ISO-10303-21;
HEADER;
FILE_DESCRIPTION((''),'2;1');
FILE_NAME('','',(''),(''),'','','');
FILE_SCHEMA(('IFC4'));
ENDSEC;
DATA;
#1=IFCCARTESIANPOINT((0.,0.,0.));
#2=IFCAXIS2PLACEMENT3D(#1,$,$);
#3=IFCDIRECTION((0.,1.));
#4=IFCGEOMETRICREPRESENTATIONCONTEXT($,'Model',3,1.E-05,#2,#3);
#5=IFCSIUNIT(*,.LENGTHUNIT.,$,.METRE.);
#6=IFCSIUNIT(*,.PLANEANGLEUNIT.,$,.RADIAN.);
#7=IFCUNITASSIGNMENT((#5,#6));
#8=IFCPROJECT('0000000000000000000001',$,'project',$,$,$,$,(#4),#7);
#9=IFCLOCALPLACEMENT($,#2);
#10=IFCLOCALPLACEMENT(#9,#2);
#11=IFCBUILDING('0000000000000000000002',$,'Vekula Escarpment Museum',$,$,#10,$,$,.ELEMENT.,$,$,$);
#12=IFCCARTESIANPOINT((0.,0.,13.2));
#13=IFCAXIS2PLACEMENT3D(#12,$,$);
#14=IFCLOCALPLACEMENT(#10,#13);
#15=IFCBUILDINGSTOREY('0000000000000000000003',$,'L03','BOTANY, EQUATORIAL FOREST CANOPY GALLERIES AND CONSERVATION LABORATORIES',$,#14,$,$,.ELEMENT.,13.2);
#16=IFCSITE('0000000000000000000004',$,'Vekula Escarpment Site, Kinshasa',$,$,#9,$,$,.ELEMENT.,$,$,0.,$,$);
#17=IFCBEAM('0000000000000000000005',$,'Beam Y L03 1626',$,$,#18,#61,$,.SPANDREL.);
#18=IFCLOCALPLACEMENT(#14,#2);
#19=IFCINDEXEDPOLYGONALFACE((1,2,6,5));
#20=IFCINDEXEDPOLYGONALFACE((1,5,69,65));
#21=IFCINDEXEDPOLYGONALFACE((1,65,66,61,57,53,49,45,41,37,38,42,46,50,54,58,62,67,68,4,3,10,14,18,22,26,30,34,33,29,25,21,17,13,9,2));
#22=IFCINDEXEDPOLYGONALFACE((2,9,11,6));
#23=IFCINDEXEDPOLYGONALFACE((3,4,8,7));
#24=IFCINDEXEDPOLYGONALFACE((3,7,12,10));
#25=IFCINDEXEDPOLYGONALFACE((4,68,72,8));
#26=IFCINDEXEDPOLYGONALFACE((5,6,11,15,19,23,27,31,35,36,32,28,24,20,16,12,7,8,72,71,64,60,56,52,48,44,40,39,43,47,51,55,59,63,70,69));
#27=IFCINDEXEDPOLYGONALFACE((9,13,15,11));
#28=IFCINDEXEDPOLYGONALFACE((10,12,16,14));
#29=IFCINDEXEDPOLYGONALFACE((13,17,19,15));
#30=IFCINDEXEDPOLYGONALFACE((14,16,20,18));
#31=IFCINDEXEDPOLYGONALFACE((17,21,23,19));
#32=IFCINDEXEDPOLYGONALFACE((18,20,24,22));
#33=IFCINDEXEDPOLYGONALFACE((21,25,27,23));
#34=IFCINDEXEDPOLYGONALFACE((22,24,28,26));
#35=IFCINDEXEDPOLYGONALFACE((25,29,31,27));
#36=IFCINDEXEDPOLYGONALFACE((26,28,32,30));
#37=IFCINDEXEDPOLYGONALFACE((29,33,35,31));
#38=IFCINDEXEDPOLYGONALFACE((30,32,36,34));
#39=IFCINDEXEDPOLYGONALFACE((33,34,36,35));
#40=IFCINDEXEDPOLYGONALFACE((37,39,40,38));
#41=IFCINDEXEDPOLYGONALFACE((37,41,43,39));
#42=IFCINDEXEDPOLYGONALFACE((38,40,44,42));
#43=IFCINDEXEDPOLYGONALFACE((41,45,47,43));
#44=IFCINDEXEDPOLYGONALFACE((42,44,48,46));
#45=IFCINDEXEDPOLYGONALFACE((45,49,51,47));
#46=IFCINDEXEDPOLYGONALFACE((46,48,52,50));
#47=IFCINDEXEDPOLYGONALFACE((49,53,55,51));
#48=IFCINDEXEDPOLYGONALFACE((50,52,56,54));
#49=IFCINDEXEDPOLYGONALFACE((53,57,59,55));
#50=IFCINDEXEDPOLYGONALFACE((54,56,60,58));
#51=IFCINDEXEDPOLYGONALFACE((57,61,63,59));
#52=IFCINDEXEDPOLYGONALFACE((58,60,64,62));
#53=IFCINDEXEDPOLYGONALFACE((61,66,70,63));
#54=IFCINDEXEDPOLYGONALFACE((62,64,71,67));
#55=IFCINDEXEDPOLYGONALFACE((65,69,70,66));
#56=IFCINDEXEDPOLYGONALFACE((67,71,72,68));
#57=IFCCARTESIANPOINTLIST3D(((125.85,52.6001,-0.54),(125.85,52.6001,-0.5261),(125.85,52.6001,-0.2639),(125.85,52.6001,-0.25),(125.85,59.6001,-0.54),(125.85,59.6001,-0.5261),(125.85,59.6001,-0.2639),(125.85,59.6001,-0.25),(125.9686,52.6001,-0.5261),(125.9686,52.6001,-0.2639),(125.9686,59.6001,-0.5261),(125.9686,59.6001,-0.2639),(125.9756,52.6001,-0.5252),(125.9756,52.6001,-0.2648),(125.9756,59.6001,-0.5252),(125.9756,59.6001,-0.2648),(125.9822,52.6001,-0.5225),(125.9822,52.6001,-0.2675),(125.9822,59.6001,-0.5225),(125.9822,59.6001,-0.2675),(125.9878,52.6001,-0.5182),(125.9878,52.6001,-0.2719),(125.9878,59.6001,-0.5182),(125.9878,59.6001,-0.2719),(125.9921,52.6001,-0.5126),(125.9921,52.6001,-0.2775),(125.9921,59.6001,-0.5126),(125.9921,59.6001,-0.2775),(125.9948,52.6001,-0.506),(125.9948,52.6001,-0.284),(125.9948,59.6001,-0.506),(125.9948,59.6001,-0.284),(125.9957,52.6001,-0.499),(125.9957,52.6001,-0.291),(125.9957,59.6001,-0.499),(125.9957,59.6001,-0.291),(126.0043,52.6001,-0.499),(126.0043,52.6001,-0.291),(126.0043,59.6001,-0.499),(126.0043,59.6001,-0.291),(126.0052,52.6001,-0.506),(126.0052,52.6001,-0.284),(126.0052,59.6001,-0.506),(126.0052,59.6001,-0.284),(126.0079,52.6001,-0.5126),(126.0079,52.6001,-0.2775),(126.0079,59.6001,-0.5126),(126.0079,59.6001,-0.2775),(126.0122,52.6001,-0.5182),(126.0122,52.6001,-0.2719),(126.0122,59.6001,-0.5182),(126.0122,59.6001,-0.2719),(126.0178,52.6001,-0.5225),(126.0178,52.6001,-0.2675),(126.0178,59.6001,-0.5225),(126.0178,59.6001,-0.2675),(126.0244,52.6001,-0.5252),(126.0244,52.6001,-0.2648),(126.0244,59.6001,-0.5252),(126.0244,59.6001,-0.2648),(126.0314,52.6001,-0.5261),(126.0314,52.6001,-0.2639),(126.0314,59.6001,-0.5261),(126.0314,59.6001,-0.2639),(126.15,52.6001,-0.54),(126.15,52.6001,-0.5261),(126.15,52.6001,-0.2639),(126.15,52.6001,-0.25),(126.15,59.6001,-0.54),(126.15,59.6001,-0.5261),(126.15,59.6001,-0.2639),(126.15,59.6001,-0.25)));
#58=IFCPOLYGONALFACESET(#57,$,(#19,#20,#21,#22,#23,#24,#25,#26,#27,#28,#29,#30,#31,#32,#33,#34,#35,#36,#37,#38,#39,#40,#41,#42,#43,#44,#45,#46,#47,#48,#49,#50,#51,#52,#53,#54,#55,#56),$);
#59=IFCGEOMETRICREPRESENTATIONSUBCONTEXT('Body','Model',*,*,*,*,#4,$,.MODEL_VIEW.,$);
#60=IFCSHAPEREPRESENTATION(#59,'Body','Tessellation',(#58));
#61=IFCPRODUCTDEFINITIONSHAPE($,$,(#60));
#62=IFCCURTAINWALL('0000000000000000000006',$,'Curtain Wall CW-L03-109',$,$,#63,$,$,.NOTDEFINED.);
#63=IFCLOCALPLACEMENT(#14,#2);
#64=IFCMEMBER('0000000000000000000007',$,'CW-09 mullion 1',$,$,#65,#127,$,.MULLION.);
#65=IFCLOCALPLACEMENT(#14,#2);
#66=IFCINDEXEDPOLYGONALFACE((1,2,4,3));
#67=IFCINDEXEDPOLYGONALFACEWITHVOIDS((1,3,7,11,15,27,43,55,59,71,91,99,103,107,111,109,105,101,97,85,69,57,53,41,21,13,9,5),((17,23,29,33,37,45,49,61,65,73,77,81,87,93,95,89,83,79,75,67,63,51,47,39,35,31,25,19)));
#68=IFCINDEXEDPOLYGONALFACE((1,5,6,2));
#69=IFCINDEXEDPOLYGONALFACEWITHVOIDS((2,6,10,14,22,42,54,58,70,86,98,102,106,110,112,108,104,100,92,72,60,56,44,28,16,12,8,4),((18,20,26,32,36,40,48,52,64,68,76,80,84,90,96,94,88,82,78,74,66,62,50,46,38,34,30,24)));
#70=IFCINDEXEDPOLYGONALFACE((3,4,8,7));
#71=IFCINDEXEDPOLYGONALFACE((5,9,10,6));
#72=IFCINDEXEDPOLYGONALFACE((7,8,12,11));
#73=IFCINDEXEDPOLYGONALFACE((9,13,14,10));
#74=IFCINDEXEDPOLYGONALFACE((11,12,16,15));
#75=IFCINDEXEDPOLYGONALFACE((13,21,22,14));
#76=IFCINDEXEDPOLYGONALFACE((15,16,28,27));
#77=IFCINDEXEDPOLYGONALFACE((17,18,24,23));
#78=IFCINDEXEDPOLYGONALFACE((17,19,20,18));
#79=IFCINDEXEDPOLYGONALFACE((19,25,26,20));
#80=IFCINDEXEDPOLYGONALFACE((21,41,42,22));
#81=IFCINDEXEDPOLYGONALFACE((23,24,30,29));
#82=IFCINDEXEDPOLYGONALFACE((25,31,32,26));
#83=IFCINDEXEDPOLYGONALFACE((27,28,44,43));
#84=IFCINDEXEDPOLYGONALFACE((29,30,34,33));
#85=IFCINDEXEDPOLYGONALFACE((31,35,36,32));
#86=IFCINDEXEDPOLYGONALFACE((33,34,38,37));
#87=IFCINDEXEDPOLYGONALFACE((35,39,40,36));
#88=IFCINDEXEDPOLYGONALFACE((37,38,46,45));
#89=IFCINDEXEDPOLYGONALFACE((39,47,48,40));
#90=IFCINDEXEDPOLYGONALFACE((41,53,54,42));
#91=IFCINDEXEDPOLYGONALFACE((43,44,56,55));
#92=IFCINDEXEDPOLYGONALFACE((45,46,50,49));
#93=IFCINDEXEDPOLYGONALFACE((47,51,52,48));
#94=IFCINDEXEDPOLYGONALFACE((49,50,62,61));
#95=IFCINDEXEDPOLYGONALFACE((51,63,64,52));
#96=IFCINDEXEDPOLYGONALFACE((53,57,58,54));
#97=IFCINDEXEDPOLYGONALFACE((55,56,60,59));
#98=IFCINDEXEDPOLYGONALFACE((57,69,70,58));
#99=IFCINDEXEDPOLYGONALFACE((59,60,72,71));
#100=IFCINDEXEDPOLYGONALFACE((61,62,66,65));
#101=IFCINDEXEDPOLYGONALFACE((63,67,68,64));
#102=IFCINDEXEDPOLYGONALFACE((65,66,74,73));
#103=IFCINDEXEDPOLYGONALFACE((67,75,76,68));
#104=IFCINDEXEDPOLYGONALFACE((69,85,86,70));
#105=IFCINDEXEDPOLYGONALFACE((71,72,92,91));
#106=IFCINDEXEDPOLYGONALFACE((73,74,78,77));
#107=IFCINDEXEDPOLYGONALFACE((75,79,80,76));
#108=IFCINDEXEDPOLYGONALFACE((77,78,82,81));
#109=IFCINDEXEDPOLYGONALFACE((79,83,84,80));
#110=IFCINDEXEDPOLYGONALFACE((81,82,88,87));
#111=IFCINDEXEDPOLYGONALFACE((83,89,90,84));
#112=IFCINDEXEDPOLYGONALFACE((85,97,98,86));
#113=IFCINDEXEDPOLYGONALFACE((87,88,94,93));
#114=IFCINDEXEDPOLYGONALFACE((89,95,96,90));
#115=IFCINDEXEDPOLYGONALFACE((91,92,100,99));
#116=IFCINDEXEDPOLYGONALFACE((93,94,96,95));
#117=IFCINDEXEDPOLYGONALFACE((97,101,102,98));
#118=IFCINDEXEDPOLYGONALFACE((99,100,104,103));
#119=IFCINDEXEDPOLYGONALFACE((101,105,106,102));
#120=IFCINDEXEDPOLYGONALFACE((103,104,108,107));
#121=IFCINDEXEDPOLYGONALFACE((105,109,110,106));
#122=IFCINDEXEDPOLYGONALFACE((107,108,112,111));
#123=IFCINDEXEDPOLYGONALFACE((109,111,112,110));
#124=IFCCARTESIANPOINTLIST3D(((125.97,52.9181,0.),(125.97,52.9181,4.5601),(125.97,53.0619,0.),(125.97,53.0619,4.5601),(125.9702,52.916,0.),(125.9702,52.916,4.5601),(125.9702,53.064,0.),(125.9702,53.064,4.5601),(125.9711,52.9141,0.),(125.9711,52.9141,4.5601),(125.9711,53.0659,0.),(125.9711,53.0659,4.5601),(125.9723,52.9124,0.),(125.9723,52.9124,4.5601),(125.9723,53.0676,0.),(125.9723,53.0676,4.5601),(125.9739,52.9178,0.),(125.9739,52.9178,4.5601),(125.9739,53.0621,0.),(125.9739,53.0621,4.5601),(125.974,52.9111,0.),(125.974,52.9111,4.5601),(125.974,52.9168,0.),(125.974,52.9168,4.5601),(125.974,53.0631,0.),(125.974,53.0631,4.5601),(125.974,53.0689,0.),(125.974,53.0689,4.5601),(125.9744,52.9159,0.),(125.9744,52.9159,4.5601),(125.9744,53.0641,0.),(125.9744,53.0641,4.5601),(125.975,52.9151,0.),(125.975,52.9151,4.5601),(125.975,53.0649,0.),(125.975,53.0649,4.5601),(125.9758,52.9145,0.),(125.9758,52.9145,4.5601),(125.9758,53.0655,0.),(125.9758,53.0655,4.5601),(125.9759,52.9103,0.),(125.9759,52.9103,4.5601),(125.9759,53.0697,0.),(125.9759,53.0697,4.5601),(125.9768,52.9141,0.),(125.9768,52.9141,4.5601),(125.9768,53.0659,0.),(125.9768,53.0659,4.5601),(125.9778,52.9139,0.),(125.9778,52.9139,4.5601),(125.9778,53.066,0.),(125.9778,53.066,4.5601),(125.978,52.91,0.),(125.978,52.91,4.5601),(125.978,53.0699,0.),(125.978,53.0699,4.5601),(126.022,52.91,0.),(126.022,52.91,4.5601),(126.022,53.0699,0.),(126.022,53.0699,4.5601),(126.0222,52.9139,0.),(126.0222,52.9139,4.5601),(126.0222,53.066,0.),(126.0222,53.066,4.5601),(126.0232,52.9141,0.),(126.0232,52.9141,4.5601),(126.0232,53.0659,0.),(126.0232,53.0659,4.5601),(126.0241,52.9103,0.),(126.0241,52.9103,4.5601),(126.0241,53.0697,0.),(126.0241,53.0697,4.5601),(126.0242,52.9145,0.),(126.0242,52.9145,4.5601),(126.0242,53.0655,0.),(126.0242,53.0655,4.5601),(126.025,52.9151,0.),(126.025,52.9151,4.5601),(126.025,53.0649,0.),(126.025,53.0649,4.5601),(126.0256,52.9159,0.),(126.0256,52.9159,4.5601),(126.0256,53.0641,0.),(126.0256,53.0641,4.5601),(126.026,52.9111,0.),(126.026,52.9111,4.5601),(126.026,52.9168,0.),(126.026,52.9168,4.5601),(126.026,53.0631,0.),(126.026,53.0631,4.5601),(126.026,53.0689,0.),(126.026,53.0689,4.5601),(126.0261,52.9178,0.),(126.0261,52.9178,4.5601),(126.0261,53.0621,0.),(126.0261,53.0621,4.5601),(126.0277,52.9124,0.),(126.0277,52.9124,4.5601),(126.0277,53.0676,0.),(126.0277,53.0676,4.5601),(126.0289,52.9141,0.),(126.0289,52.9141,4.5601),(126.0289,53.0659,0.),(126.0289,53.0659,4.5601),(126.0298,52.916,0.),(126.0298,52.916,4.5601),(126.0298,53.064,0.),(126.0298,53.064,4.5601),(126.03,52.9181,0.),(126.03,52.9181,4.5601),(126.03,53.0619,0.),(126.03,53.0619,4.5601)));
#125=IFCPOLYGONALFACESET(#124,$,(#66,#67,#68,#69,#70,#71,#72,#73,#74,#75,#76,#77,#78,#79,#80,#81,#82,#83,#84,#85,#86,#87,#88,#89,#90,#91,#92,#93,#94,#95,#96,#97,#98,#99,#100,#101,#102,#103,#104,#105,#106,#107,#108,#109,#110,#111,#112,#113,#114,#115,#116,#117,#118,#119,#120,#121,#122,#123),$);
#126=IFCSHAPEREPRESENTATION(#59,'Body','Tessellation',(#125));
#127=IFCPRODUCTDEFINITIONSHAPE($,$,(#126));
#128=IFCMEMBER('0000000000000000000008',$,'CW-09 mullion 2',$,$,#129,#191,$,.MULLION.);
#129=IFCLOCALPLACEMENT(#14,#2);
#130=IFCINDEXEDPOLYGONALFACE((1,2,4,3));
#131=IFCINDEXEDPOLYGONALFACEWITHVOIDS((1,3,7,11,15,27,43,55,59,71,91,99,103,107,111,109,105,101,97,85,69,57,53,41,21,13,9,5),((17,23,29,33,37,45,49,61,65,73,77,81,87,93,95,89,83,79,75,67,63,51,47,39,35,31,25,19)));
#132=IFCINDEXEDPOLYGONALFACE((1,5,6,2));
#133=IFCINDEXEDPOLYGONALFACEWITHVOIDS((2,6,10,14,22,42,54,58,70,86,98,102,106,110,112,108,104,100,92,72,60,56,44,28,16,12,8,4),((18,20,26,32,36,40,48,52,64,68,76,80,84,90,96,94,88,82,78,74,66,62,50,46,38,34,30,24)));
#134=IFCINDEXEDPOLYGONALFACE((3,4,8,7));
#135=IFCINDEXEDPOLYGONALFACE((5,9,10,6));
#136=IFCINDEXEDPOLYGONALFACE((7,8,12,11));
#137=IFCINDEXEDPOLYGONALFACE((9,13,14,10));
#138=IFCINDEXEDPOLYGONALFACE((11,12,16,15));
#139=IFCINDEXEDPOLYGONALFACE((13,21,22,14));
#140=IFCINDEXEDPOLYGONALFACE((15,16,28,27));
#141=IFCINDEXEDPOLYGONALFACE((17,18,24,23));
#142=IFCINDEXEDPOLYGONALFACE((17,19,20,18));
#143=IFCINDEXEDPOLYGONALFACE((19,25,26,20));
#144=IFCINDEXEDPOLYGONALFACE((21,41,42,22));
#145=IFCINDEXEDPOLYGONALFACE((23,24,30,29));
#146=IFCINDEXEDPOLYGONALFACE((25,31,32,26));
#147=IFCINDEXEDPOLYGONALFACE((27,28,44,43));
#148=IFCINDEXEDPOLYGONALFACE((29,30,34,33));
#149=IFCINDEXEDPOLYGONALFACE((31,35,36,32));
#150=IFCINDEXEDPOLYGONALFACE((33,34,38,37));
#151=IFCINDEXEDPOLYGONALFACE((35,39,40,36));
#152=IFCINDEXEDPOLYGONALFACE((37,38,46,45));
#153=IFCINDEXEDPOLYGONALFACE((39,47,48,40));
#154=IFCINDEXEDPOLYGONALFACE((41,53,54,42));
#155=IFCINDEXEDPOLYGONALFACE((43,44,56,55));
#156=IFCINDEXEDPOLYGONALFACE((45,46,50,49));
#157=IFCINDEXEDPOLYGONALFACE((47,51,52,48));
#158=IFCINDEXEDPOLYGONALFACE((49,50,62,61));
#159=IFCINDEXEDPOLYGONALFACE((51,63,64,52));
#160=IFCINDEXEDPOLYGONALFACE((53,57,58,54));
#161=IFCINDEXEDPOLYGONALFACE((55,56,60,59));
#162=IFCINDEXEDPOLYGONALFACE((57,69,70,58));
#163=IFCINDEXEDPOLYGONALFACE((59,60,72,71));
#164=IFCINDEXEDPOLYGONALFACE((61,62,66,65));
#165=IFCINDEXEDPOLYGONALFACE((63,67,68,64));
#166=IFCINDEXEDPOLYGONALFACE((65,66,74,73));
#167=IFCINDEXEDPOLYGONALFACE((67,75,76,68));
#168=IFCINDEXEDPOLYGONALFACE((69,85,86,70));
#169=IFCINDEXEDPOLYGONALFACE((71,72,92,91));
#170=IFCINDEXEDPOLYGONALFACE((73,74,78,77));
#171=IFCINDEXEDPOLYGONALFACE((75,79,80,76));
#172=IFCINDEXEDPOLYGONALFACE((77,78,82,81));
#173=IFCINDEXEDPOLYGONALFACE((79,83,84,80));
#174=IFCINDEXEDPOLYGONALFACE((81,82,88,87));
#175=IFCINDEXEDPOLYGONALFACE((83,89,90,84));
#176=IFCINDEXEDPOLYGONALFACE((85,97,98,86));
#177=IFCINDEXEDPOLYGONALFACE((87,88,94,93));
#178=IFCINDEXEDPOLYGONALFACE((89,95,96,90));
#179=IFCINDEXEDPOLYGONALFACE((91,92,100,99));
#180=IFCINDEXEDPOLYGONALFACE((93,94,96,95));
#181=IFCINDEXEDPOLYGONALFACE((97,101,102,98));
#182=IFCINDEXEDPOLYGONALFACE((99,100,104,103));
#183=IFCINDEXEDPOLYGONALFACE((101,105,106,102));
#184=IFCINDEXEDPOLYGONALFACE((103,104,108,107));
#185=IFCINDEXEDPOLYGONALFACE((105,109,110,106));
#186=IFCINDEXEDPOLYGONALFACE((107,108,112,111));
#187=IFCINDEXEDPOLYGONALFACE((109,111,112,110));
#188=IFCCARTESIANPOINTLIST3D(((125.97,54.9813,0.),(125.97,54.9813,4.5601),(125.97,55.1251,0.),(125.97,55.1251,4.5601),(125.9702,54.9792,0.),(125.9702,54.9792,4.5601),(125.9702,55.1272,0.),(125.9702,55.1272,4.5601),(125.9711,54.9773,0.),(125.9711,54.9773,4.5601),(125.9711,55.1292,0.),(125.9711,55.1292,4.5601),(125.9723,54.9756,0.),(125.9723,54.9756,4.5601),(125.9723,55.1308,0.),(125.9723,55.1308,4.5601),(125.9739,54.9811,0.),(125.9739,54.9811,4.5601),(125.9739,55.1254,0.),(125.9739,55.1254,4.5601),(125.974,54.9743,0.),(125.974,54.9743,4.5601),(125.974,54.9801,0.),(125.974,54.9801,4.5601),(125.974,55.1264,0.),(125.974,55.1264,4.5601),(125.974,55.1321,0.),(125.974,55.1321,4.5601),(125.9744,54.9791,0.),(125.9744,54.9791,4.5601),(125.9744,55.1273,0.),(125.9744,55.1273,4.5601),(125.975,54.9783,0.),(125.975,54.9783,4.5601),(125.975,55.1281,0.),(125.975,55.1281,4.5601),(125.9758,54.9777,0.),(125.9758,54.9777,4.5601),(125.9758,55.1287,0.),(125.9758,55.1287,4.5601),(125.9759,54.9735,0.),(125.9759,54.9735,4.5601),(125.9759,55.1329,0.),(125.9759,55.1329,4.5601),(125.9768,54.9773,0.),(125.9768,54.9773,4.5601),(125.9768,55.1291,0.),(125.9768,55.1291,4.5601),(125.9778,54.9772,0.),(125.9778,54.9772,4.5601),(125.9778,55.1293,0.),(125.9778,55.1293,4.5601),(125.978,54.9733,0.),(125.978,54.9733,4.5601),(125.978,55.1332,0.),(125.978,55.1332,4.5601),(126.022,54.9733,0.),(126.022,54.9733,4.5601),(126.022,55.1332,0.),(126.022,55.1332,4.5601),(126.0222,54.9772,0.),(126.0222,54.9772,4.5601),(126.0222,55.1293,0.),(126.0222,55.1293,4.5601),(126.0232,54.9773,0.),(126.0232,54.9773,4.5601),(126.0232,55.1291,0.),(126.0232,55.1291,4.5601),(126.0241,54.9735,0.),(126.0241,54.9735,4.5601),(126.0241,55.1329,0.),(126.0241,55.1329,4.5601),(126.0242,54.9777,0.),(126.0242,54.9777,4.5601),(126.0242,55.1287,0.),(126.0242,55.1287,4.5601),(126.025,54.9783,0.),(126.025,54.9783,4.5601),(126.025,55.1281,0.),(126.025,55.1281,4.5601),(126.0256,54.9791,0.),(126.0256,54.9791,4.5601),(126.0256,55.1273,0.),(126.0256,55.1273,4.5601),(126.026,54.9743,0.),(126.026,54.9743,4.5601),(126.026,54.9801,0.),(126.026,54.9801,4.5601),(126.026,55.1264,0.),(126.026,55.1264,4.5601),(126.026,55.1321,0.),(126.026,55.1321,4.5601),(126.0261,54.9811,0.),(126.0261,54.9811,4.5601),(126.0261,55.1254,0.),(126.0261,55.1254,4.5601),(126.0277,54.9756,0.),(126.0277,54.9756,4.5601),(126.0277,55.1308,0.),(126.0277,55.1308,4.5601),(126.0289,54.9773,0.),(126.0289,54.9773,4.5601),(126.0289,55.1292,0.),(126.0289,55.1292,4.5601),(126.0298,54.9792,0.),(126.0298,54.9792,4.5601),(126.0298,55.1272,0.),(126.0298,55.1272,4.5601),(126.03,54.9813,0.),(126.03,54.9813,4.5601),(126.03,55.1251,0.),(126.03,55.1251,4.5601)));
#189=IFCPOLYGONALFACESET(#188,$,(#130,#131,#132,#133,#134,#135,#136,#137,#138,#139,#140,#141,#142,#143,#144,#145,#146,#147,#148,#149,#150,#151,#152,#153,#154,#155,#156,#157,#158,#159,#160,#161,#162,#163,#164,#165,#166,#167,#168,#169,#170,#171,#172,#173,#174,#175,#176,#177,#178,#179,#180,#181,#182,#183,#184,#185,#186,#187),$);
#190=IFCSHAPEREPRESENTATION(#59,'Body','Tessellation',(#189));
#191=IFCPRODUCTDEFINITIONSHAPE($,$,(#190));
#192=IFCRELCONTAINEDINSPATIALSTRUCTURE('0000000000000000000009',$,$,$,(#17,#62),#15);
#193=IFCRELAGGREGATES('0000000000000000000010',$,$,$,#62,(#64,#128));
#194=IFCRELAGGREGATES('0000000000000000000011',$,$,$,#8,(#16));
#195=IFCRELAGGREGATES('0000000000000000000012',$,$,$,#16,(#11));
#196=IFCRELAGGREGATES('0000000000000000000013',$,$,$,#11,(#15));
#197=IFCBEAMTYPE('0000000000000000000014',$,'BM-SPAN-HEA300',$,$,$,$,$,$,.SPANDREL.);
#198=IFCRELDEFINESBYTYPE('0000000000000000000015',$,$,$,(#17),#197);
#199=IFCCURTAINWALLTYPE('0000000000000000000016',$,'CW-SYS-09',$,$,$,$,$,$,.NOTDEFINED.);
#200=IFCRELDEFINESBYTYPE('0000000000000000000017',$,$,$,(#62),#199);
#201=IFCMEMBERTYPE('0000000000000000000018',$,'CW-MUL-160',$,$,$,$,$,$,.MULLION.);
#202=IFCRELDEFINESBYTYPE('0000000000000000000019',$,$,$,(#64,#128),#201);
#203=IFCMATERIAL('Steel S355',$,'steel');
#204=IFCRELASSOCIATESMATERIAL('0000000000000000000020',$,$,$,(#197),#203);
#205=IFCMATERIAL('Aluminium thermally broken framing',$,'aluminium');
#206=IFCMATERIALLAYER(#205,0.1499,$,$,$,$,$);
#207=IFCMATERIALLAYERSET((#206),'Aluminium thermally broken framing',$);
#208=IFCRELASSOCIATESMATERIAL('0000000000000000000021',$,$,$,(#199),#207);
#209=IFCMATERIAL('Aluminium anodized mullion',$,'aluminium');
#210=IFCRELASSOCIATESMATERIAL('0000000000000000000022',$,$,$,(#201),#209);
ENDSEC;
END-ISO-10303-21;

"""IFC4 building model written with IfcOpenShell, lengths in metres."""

from ifc_helpers import new_model, si_unit, direction, frame, origin, origin_2d, place, context, subcontext, project, spatial, hollow_rectangle, i_section, extrude, material, layer, layer_set, material_profile, profile_set, type_object, element, aggregate, save


model = new_model("IFC4")

# Units and contexts
model_context = context("Model", 3, precision=1e-05, world=origin(), true_north=direction((0.0, 1.0)))
body_context = subcontext(model_context, "Body", "Model", "MODEL_VIEW")
ifc_project = project(units=[si_unit("LENGTHUNIT", "METRE"), si_unit("PLANEANGLEUNIT", "RADIAN")], contexts=[model_context])

# Site, building, storey
site_placement = place(None, origin())
site = spatial("IfcSite", under=ifc_project, at=site_placement, Name="Vekula Escarpment Site, Kinshasa", CompositionType="ELEMENT", RefElevation=0.0)
building_placement = place(site_placement, origin())
building = spatial("IfcBuilding", under=site, at=building_placement, Name="Vekula Escarpment Museum", CompositionType="ELEMENT")
storey_placement = place(building_placement, frame((0.0, 0.0, 13.2)))
storey = spatial("IfcBuildingStorey", under=building, at=storey_placement, Name="L03", Description="BOTANY, EQUATORIAL FOREST CANOPY GALLERIES AND CONSERVATION LABORATORIES", CompositionType="ELEMENT", Elevation=13.2)

# Beam
ifc_material_1 = material(Name="Steel S355", Category="steel")
ifc_material_profile_1 = material_profile(ifc_material_1, i_section(OverallWidth=0.3, OverallDepth=0.29, WebThickness=0.0085, FlangeThickness=0.0139, FilletRadius=0.0271, at=origin_2d()), Name="HEA 300")
ifc_profile_set_1 = profile_set([ifc_material_profile_1], Name="Steel S355")
beam_type_1 = type_object("IfcBeamType", Name="BM-SPAN-HEA300", PredefinedType="SPANDREL", material=ifc_profile_set_1)
beam_1_placement = place(storey_placement, frame((126.0, 52.6001, -0.395), z_axis=(0.0, 1.0, 0.0), x_axis=(-1.0, 0.0, 0.0)))
element("IfcBeam", 1, at=beam_1_placement, inside=storey, type_object=beam_type_1, Name="Beam Y L03 1626", PredefinedType="SPANDREL", context=body_context, shape_type="SweptSolid", body=[
    extrude(i_section(OverallWidth=0.3, OverallDepth=0.29, WebThickness=0.0085, FlangeThickness=0.0139, FilletRadius=0.0271, at=origin_2d()), origin(), (0.0, 0.0, 1.0), 7.0),
])

# Curtain wall, members
ifc_material_2 = material(Name="Aluminium thermally broken framing", Category="aluminium")
ifc_layer_1 = layer(ifc_material_2, 0.1499)
ifc_layer_set_1 = layer_set([ifc_layer_1], Name="Aluminium thermally broken framing")
curtain_wall_type = type_object("IfcCurtainWallType", Name="CW-SYS-09", PredefinedType="NOTDEFINED", material=ifc_layer_set_1)
curtain_wall_placement = place(storey_placement, origin())
curtain_wall = element("IfcCurtainWall", 2, at=curtain_wall_placement, inside=storey, type_object=curtain_wall_type, Name="Curtain Wall CW-L03-109", PredefinedType="NOTDEFINED")
ifc_material_3 = material(Name="Aluminium anodized mullion", Category="aluminium")
ifc_material_profile_2 = material_profile(ifc_material_3, hollow_rectangle(XDim=0.0601, YDim=0.1599, WallThickness=0.0039, InnerFilletRadius=0.0039, OuterFilletRadius=0.0081, at=origin_2d()), Name="ALU 160x60x4")
ifc_profile_set_2 = profile_set([ifc_material_profile_2], Name="Aluminium anodized mullion")
member_type_1 = type_object("IfcMemberType", Name="CW-MUL-160", PredefinedType="MULLION", material=ifc_profile_set_2)
member_1_placement = place(storey_placement, frame((126.0, 52.99, 0.0), z_axis=(0.0, 0.0, 1.0), x_axis=(-1.0, 0.0, 0.0)))
member_1 = element("IfcMember", 3, at=member_1_placement, type_object=member_type_1, Name="CW-09 mullion 1", PredefinedType="MULLION", context=body_context, shape_type="SweptSolid", body=[
    extrude(hollow_rectangle(XDim=0.0601, YDim=0.1599, WallThickness=0.0039, InnerFilletRadius=0.0039, OuterFilletRadius=0.0081, at=origin_2d()), origin(), (0.0, 0.0, 1.0), 4.5601),
])
member_2_placement = place(storey_placement, frame((126.0, 55.0532, 0.0), z_axis=(0.0, 0.0, 1.0), x_axis=(-1.0, 0.0, 0.0)))
member_2 = element("IfcMember", 4, at=member_2_placement, type_object=member_type_1, Name="CW-09 mullion 2", PredefinedType="MULLION", context=body_context, shape_type="SweptSolid", body=[
    extrude(hollow_rectangle(XDim=0.0601, YDim=0.1599, WallThickness=0.0039, InnerFilletRadius=0.0039, OuterFilletRadius=0.0081, at=origin_2d()), origin(), (0.0, 0.0, 1.0), 4.5601),
])
aggregate(curtain_wall, [member_1, member_2])

save(model, "model.ifc")
